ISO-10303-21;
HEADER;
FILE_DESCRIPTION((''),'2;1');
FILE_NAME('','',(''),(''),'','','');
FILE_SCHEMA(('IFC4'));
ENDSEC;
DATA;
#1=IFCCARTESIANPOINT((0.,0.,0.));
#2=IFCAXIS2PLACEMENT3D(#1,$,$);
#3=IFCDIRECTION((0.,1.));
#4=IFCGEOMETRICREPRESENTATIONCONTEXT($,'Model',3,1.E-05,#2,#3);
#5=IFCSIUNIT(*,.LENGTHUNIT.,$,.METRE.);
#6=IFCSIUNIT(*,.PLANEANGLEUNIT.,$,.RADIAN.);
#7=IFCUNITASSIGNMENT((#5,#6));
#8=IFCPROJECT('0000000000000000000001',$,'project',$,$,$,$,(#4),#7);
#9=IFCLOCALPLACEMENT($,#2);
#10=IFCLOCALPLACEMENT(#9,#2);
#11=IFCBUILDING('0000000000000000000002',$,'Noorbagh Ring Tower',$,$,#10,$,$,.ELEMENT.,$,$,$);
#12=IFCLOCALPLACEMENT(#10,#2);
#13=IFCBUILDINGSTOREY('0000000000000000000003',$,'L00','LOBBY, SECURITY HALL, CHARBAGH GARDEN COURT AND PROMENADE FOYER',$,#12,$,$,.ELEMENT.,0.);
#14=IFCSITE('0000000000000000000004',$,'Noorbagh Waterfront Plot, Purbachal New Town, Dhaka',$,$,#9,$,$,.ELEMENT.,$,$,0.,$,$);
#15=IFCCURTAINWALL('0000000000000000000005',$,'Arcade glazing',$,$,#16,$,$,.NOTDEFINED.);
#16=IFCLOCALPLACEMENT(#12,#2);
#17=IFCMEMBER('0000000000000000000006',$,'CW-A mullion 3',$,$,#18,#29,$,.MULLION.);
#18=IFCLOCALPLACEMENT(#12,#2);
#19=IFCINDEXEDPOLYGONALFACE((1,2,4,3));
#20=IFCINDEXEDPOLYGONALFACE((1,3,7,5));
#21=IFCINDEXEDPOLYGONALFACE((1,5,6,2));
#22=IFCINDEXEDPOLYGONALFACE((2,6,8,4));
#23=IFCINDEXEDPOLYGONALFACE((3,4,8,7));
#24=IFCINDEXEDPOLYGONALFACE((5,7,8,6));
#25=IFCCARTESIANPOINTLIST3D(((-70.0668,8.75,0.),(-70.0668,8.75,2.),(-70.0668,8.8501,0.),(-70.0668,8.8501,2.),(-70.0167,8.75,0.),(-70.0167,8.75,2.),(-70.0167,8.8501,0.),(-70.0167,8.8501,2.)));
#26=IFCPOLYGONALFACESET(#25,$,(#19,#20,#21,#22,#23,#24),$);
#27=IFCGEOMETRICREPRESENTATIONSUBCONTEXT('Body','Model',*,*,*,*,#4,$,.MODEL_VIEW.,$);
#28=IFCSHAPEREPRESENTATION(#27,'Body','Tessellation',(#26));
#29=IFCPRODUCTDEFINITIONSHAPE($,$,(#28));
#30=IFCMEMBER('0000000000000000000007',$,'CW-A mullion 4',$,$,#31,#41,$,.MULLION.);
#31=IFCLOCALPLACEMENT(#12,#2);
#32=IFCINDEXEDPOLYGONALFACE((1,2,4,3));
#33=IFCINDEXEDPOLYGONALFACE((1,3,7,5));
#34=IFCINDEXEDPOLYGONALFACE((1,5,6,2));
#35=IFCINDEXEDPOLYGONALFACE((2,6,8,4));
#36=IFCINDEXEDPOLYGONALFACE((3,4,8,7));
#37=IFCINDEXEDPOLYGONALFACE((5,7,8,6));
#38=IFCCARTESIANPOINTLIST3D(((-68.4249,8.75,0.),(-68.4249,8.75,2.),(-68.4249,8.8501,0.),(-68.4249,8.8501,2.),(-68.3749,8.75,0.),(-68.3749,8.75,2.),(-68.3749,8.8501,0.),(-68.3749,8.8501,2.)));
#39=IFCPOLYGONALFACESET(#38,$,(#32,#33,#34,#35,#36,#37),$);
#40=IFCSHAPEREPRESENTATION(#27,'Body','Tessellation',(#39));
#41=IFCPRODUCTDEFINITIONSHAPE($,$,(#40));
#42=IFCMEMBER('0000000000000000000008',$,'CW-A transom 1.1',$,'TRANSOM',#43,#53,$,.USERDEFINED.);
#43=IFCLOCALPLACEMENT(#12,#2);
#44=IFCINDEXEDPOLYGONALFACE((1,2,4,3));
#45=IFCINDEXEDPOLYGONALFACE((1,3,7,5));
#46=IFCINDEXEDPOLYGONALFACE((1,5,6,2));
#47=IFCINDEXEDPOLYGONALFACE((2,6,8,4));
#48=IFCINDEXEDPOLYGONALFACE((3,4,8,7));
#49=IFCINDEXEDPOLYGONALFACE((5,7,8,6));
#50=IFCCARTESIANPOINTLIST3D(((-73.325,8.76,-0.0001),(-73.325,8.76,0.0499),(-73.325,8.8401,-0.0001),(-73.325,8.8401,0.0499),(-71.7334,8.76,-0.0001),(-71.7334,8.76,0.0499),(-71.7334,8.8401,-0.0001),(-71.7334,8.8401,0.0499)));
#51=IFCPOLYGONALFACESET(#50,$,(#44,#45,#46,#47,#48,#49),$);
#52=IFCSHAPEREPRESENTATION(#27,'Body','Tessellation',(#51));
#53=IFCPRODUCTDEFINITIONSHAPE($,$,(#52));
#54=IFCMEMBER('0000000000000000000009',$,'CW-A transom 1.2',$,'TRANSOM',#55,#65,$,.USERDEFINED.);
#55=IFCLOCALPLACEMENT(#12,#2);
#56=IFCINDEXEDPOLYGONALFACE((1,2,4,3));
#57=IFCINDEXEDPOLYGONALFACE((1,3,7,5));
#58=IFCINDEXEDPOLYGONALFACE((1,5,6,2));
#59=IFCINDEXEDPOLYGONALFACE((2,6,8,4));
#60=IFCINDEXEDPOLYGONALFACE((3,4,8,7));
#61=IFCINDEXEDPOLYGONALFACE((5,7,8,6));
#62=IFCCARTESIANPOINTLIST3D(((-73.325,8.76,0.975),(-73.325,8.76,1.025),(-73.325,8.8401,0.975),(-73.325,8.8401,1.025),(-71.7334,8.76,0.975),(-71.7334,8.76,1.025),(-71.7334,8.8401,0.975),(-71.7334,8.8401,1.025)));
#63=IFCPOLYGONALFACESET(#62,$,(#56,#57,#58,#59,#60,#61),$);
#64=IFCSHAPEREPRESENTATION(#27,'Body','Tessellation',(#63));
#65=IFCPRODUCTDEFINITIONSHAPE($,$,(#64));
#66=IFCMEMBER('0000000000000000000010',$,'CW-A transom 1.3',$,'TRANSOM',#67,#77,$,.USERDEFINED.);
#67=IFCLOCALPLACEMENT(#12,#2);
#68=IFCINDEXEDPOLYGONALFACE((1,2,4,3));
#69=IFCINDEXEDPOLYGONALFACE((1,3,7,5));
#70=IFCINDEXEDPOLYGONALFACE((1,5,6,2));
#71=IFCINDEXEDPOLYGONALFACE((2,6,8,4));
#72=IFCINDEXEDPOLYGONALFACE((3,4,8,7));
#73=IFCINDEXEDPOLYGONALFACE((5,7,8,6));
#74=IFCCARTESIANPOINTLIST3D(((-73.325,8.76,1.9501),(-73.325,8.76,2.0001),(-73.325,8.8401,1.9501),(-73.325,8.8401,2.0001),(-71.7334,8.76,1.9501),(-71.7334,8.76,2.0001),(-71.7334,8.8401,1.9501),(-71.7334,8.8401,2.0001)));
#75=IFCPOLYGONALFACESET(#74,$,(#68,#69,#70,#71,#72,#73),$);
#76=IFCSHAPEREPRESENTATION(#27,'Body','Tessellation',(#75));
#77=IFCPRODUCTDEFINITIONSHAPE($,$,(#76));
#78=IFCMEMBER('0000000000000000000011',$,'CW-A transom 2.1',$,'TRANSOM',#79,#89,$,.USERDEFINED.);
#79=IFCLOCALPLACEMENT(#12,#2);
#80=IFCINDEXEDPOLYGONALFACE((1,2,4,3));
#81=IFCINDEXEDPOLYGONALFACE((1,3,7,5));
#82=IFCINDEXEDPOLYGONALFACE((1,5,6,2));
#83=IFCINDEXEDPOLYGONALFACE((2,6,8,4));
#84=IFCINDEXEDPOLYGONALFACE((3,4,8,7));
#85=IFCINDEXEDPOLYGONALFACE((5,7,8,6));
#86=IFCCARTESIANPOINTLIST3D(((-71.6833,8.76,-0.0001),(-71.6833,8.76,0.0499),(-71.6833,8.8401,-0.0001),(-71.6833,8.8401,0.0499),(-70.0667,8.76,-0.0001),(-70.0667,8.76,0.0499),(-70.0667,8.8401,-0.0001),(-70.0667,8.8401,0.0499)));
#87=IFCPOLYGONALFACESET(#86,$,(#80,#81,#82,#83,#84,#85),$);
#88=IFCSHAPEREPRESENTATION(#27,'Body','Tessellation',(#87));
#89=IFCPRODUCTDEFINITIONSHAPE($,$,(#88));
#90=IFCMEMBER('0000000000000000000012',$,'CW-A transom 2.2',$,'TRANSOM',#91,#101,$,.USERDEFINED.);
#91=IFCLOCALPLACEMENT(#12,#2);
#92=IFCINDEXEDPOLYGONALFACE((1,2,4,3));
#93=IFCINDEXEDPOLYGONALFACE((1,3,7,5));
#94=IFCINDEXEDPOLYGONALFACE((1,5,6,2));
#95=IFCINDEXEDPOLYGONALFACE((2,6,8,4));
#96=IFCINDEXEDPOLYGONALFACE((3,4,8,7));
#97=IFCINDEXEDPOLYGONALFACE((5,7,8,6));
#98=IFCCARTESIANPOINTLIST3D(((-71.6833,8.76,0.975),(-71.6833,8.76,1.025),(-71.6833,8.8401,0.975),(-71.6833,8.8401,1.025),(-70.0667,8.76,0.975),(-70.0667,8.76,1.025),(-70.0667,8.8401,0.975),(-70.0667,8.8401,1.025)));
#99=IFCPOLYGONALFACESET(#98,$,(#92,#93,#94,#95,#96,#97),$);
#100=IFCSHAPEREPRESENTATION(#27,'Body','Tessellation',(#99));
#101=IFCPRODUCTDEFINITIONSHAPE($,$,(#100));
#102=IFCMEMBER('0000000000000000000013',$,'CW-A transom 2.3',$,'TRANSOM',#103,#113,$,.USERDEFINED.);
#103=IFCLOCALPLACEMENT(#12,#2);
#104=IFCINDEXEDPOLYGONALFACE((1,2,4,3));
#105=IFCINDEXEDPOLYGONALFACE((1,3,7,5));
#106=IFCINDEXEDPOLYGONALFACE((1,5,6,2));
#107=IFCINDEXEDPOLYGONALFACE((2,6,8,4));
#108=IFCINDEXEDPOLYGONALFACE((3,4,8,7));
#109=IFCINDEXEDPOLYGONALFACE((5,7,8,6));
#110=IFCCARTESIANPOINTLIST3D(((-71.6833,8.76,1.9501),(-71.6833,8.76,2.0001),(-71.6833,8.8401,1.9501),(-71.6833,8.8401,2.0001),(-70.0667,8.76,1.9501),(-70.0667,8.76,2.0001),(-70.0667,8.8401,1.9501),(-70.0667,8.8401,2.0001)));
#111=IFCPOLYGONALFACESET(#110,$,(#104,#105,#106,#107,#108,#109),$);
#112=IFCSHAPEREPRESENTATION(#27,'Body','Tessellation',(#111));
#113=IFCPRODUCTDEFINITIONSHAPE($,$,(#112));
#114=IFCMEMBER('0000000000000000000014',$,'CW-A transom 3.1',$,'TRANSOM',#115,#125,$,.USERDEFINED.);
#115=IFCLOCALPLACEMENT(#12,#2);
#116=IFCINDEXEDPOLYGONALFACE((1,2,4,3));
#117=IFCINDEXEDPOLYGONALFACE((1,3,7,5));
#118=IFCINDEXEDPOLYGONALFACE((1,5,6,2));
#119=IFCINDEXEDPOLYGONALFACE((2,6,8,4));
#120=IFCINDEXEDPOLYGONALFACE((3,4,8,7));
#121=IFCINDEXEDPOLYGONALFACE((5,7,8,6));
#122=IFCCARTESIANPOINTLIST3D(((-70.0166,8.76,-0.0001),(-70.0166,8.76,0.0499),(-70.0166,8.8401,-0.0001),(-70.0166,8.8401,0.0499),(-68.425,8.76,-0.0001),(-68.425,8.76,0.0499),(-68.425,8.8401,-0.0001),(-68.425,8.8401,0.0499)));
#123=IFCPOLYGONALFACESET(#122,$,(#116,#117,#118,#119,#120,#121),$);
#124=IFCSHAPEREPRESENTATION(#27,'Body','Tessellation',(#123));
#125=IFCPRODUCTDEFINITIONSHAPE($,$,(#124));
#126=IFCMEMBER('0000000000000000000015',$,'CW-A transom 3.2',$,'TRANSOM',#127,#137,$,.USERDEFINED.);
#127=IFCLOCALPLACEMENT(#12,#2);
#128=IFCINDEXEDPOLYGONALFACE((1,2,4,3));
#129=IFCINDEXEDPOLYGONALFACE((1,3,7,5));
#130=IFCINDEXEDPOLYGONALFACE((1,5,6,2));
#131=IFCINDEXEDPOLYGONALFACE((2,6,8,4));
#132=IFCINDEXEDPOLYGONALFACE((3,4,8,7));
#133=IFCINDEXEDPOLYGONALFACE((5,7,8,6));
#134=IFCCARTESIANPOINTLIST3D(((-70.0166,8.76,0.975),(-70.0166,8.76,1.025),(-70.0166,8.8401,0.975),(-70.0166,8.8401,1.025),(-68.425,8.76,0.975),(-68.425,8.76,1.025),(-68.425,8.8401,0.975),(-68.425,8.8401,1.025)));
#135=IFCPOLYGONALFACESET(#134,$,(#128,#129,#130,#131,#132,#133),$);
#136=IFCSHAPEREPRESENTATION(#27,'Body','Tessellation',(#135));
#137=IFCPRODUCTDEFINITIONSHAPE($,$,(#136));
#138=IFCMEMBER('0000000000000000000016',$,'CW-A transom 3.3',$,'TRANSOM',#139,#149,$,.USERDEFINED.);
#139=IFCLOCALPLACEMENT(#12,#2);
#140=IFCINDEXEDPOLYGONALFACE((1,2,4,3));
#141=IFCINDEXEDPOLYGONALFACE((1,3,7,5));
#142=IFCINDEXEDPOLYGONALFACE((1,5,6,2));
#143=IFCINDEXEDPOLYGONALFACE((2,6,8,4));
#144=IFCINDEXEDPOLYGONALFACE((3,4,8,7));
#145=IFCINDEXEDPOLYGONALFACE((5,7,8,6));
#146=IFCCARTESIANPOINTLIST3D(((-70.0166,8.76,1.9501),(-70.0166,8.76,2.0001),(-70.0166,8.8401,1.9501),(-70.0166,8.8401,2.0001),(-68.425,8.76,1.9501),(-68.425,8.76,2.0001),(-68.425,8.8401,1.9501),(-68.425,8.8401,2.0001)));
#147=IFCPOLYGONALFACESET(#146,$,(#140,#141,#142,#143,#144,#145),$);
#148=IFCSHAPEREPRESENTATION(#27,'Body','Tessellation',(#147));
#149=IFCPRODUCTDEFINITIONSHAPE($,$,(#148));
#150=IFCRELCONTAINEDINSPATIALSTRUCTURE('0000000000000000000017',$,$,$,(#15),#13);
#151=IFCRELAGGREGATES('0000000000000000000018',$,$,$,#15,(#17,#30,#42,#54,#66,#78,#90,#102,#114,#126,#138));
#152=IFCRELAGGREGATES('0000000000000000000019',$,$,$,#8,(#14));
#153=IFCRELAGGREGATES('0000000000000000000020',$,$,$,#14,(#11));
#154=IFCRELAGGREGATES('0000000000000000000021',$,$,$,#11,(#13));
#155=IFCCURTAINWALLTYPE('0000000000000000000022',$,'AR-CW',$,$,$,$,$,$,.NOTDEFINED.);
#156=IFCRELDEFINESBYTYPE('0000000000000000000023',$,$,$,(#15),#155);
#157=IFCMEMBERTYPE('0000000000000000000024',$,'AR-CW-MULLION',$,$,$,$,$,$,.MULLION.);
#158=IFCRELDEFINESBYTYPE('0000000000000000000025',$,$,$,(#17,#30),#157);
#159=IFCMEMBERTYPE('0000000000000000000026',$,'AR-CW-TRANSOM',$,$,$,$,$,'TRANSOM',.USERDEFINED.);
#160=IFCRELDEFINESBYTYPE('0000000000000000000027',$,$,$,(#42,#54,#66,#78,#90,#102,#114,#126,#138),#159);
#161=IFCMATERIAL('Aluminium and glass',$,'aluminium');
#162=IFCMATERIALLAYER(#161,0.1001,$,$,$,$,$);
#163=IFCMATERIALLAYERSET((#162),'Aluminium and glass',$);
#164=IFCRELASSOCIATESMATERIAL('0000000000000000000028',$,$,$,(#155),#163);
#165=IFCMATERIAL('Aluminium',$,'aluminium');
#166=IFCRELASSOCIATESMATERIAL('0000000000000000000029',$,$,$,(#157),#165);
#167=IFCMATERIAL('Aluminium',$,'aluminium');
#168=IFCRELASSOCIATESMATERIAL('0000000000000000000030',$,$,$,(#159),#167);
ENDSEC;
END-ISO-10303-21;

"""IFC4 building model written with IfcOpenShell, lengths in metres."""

from ifc_helpers import new_model, si_unit, direction, frame, origin, origin_2d, place, context, subcontext, project, spatial, rectangle, extrude, material, layer, layer_set, material_profile, profile_set, type_object, element, aggregate, save


model = new_model("IFC4")

# Units and contexts
model_context = context("Model", 3, precision=1e-05, world=origin(), true_north=direction((0.0, 1.0)))
body_context = subcontext(model_context, "Body", "Model", "MODEL_VIEW")
ifc_project = project(units=[si_unit("LENGTHUNIT", "METRE"), si_unit("PLANEANGLEUNIT", "RADIAN")], contexts=[model_context])

# Site, building, storey
site_placement = place(None, origin())
site = spatial("IfcSite", under=ifc_project, at=site_placement, Name="Noorbagh Waterfront Plot, Purbachal New Town, Dhaka", CompositionType="ELEMENT", RefElevation=0.0)
building_placement = place(site_placement, origin())
building = spatial("IfcBuilding", under=site, at=building_placement, Name="Noorbagh Ring Tower", CompositionType="ELEMENT")
storey_placement = place(building_placement, origin())
storey = spatial("IfcBuildingStorey", under=building, at=storey_placement, Name="L00", Description="LOBBY, SECURITY HALL, CHARBAGH GARDEN COURT AND PROMENADE FOYER", CompositionType="ELEMENT", Elevation=0.0)

# Curtain wall, members
ifc_material_1 = material(Name="Aluminium and glass", Category="aluminium")
ifc_layer_1 = layer(ifc_material_1, 0.1001)
ifc_layer_set_1 = layer_set([ifc_layer_1], Name="Aluminium and glass")
curtain_wall_type = type_object("IfcCurtainWallType", Name="AR-CW", PredefinedType="NOTDEFINED", material=ifc_layer_set_1)
curtain_wall_placement = place(storey_placement, origin())
curtain_wall = element("IfcCurtainWall", 1, at=curtain_wall_placement, inside=storey, type_object=curtain_wall_type, Name="Arcade glazing", PredefinedType="NOTDEFINED")
ifc_material_2 = material(Name="Aluminium", Category="aluminium")
ifc_material_profile_1 = material_profile(ifc_material_2, rectangle(XDim=0.1001, YDim=0.05, at=origin_2d()), Name="AL 100x50")
ifc_profile_set_1 = profile_set([ifc_material_profile_1], Name="Aluminium")
member_type_1 = type_object("IfcMemberType", Name="AR-CW-MULLION", PredefinedType="MULLION", material=ifc_profile_set_1)
member_1_placement = place(storey_placement, frame((-70.0417, 8.8, 0.0), z_axis=(0.0, 0.0, 1.0), x_axis=(0.0, 1.0, 0.0)))
member_1 = element("IfcMember", 2, at=member_1_placement, type_object=member_type_1, Name="CW-A mullion 3", PredefinedType="MULLION", context=body_context, shape_type="SweptSolid", body=[
    extrude(rectangle(XDim=0.1001, YDim=0.05, at=origin_2d()), origin(), (0.0, 0.0, 1.0), 2.0),
])
member_2_placement = place(storey_placement, frame((-68.3999, 8.8, 0.0), z_axis=(0.0, 0.0, 1.0), x_axis=(0.0, 1.0, 0.0)))
member_2 = element("IfcMember", 3, at=member_2_placement, type_object=member_type_1, Name="CW-A mullion 4", PredefinedType="MULLION", context=body_context, shape_type="SweptSolid", body=[
    extrude(rectangle(XDim=0.1001, YDim=0.05, at=origin_2d()), origin(), (0.0, 0.0, 1.0), 2.0),
])
ifc_material_3 = material(Name="Aluminium", Category="aluminium")
ifc_material_profile_2 = material_profile(ifc_material_3, rectangle(XDim=0.0801, YDim=0.05, at=origin_2d()), Name="AL 80x50")
ifc_profile_set_2 = profile_set([ifc_material_profile_2], Name="Aluminium")
member_type_2 = type_object("IfcMemberType", Name="AR-CW-TRANSOM", ElementType="TRANSOM", PredefinedType="USERDEFINED", material=ifc_profile_set_2)
member_3_placement = place(storey_placement, frame((-73.325, 8.8, 0.0249), z_axis=(1.0, 0.0, 0.0), x_axis=(0.0, 1.0, 0.0)))
member_3 = element("IfcMember", 4, at=member_3_placement, type_object=member_type_2, Name="CW-A transom 1.1", ObjectType="TRANSOM", PredefinedType="USERDEFINED", context=body_context, shape_type="SweptSolid", body=[
    extrude(rectangle(XDim=0.0801, YDim=0.05, at=origin_2d()), origin(), (0.0, 0.0, 1.0), 1.5916),
])
member_4_placement = place(storey_placement, frame((-73.325, 8.8, 1.0), z_axis=(1.0, 0.0, 0.0), x_axis=(0.0, 1.0, 0.0)))
member_4 = element("IfcMember", 5, at=member_4_placement, type_object=member_type_2, Name="CW-A transom 1.2", ObjectType="TRANSOM", PredefinedType="USERDEFINED", context=body_context, shape_type="SweptSolid", body=[
    extrude(rectangle(XDim=0.0801, YDim=0.05, at=origin_2d()), origin(), (0.0, 0.0, 1.0), 1.5916),
])
member_5_placement = place(storey_placement, frame((-73.325, 8.8, 1.9751), z_axis=(1.0, 0.0, 0.0), x_axis=(0.0, 1.0, 0.0)))
member_5 = element("IfcMember", 6, at=member_5_placement, type_object=member_type_2, Name="CW-A transom 1.3", ObjectType="TRANSOM", PredefinedType="USERDEFINED", context=body_context, shape_type="SweptSolid", body=[
    extrude(rectangle(XDim=0.0801, YDim=0.05, at=origin_2d()), origin(), (0.0, 0.0, 1.0), 1.5916),
])
member_6_placement = place(storey_placement, frame((-71.6833, 8.8, 0.0249), z_axis=(1.0, 0.0, 0.0), x_axis=(0.0, 1.0, 0.0)))
member_6 = element("IfcMember", 7, at=member_6_placement, type_object=member_type_2, Name="CW-A transom 2.1", ObjectType="TRANSOM", PredefinedType="USERDEFINED", context=body_context, shape_type="SweptSolid", body=[
    extrude(rectangle(XDim=0.0801, YDim=0.05, at=origin_2d()), origin(), (0.0, 0.0, 1.0), 1.6167),
])
member_7_placement = place(storey_placement, frame((-71.6833, 8.8, 1.0), z_axis=(1.0, 0.0, 0.0), x_axis=(0.0, 1.0, 0.0)))
member_7 = element("IfcMember", 8, at=member_7_placement, type_object=member_type_2, Name="CW-A transom 2.2", ObjectType="TRANSOM", PredefinedType="USERDEFINED", context=body_context, shape_type="SweptSolid", body=[
    extrude(rectangle(XDim=0.0801, YDim=0.05, at=origin_2d()), origin(), (0.0, 0.0, 1.0), 1.6167),
])
member_8_placement = place(storey_placement, frame((-71.6833, 8.8, 1.9751), z_axis=(1.0, 0.0, 0.0), x_axis=(0.0, 1.0, 0.0)))
member_8 = element("IfcMember", 9, at=member_8_placement, type_object=member_type_2, Name="CW-A transom 2.3", ObjectType="TRANSOM", PredefinedType="USERDEFINED", context=body_context, shape_type="SweptSolid", body=[
    extrude(rectangle(XDim=0.0801, YDim=0.05, at=origin_2d()), origin(), (0.0, 0.0, 1.0), 1.6167),
])
member_9_placement = place(storey_placement, frame((-70.0166, 8.8, 0.0249), z_axis=(1.0, 0.0, 0.0), x_axis=(0.0, 1.0, 0.0)))
member_9 = element("IfcMember", 10, at=member_9_placement, type_object=member_type_2, Name="CW-A transom 3.1", ObjectType="TRANSOM", PredefinedType="USERDEFINED", context=body_context, shape_type="SweptSolid", body=[
    extrude(rectangle(XDim=0.0801, YDim=0.05, at=origin_2d()), origin(), (0.0, 0.0, 1.0), 1.5916),
])
member_10_placement = place(storey_placement, frame((-70.0166, 8.8, 1.0), z_axis=(1.0, 0.0, 0.0), x_axis=(0.0, 1.0, 0.0)))
member_10 = element("IfcMember", 11, at=member_10_placement, type_object=member_type_2, Name="CW-A transom 3.2", ObjectType="TRANSOM", PredefinedType="USERDEFINED", context=body_context, shape_type="SweptSolid", body=[
    extrude(rectangle(XDim=0.0801, YDim=0.05, at=origin_2d()), origin(), (0.0, 0.0, 1.0), 1.5916),
])
member_11_placement = place(storey_placement, frame((-70.0166, 8.8, 1.9751), z_axis=(1.0, 0.0, 0.0), x_axis=(0.0, 1.0, 0.0)))
member_11 = element("IfcMember", 12, at=member_11_placement, type_object=member_type_2, Name="CW-A transom 3.3", ObjectType="TRANSOM", PredefinedType="USERDEFINED", context=body_context, shape_type="SweptSolid", body=[
    extrude(rectangle(XDim=0.0801, YDim=0.05, at=origin_2d()), origin(), (0.0, 0.0, 1.0), 1.5916),
])

aggregate(curtain_wall, [member_1, member_2, member_3, member_4, member_5, member_6, member_7, member_8, member_9, member_10, member_11])

save(model, "model.ifc")
